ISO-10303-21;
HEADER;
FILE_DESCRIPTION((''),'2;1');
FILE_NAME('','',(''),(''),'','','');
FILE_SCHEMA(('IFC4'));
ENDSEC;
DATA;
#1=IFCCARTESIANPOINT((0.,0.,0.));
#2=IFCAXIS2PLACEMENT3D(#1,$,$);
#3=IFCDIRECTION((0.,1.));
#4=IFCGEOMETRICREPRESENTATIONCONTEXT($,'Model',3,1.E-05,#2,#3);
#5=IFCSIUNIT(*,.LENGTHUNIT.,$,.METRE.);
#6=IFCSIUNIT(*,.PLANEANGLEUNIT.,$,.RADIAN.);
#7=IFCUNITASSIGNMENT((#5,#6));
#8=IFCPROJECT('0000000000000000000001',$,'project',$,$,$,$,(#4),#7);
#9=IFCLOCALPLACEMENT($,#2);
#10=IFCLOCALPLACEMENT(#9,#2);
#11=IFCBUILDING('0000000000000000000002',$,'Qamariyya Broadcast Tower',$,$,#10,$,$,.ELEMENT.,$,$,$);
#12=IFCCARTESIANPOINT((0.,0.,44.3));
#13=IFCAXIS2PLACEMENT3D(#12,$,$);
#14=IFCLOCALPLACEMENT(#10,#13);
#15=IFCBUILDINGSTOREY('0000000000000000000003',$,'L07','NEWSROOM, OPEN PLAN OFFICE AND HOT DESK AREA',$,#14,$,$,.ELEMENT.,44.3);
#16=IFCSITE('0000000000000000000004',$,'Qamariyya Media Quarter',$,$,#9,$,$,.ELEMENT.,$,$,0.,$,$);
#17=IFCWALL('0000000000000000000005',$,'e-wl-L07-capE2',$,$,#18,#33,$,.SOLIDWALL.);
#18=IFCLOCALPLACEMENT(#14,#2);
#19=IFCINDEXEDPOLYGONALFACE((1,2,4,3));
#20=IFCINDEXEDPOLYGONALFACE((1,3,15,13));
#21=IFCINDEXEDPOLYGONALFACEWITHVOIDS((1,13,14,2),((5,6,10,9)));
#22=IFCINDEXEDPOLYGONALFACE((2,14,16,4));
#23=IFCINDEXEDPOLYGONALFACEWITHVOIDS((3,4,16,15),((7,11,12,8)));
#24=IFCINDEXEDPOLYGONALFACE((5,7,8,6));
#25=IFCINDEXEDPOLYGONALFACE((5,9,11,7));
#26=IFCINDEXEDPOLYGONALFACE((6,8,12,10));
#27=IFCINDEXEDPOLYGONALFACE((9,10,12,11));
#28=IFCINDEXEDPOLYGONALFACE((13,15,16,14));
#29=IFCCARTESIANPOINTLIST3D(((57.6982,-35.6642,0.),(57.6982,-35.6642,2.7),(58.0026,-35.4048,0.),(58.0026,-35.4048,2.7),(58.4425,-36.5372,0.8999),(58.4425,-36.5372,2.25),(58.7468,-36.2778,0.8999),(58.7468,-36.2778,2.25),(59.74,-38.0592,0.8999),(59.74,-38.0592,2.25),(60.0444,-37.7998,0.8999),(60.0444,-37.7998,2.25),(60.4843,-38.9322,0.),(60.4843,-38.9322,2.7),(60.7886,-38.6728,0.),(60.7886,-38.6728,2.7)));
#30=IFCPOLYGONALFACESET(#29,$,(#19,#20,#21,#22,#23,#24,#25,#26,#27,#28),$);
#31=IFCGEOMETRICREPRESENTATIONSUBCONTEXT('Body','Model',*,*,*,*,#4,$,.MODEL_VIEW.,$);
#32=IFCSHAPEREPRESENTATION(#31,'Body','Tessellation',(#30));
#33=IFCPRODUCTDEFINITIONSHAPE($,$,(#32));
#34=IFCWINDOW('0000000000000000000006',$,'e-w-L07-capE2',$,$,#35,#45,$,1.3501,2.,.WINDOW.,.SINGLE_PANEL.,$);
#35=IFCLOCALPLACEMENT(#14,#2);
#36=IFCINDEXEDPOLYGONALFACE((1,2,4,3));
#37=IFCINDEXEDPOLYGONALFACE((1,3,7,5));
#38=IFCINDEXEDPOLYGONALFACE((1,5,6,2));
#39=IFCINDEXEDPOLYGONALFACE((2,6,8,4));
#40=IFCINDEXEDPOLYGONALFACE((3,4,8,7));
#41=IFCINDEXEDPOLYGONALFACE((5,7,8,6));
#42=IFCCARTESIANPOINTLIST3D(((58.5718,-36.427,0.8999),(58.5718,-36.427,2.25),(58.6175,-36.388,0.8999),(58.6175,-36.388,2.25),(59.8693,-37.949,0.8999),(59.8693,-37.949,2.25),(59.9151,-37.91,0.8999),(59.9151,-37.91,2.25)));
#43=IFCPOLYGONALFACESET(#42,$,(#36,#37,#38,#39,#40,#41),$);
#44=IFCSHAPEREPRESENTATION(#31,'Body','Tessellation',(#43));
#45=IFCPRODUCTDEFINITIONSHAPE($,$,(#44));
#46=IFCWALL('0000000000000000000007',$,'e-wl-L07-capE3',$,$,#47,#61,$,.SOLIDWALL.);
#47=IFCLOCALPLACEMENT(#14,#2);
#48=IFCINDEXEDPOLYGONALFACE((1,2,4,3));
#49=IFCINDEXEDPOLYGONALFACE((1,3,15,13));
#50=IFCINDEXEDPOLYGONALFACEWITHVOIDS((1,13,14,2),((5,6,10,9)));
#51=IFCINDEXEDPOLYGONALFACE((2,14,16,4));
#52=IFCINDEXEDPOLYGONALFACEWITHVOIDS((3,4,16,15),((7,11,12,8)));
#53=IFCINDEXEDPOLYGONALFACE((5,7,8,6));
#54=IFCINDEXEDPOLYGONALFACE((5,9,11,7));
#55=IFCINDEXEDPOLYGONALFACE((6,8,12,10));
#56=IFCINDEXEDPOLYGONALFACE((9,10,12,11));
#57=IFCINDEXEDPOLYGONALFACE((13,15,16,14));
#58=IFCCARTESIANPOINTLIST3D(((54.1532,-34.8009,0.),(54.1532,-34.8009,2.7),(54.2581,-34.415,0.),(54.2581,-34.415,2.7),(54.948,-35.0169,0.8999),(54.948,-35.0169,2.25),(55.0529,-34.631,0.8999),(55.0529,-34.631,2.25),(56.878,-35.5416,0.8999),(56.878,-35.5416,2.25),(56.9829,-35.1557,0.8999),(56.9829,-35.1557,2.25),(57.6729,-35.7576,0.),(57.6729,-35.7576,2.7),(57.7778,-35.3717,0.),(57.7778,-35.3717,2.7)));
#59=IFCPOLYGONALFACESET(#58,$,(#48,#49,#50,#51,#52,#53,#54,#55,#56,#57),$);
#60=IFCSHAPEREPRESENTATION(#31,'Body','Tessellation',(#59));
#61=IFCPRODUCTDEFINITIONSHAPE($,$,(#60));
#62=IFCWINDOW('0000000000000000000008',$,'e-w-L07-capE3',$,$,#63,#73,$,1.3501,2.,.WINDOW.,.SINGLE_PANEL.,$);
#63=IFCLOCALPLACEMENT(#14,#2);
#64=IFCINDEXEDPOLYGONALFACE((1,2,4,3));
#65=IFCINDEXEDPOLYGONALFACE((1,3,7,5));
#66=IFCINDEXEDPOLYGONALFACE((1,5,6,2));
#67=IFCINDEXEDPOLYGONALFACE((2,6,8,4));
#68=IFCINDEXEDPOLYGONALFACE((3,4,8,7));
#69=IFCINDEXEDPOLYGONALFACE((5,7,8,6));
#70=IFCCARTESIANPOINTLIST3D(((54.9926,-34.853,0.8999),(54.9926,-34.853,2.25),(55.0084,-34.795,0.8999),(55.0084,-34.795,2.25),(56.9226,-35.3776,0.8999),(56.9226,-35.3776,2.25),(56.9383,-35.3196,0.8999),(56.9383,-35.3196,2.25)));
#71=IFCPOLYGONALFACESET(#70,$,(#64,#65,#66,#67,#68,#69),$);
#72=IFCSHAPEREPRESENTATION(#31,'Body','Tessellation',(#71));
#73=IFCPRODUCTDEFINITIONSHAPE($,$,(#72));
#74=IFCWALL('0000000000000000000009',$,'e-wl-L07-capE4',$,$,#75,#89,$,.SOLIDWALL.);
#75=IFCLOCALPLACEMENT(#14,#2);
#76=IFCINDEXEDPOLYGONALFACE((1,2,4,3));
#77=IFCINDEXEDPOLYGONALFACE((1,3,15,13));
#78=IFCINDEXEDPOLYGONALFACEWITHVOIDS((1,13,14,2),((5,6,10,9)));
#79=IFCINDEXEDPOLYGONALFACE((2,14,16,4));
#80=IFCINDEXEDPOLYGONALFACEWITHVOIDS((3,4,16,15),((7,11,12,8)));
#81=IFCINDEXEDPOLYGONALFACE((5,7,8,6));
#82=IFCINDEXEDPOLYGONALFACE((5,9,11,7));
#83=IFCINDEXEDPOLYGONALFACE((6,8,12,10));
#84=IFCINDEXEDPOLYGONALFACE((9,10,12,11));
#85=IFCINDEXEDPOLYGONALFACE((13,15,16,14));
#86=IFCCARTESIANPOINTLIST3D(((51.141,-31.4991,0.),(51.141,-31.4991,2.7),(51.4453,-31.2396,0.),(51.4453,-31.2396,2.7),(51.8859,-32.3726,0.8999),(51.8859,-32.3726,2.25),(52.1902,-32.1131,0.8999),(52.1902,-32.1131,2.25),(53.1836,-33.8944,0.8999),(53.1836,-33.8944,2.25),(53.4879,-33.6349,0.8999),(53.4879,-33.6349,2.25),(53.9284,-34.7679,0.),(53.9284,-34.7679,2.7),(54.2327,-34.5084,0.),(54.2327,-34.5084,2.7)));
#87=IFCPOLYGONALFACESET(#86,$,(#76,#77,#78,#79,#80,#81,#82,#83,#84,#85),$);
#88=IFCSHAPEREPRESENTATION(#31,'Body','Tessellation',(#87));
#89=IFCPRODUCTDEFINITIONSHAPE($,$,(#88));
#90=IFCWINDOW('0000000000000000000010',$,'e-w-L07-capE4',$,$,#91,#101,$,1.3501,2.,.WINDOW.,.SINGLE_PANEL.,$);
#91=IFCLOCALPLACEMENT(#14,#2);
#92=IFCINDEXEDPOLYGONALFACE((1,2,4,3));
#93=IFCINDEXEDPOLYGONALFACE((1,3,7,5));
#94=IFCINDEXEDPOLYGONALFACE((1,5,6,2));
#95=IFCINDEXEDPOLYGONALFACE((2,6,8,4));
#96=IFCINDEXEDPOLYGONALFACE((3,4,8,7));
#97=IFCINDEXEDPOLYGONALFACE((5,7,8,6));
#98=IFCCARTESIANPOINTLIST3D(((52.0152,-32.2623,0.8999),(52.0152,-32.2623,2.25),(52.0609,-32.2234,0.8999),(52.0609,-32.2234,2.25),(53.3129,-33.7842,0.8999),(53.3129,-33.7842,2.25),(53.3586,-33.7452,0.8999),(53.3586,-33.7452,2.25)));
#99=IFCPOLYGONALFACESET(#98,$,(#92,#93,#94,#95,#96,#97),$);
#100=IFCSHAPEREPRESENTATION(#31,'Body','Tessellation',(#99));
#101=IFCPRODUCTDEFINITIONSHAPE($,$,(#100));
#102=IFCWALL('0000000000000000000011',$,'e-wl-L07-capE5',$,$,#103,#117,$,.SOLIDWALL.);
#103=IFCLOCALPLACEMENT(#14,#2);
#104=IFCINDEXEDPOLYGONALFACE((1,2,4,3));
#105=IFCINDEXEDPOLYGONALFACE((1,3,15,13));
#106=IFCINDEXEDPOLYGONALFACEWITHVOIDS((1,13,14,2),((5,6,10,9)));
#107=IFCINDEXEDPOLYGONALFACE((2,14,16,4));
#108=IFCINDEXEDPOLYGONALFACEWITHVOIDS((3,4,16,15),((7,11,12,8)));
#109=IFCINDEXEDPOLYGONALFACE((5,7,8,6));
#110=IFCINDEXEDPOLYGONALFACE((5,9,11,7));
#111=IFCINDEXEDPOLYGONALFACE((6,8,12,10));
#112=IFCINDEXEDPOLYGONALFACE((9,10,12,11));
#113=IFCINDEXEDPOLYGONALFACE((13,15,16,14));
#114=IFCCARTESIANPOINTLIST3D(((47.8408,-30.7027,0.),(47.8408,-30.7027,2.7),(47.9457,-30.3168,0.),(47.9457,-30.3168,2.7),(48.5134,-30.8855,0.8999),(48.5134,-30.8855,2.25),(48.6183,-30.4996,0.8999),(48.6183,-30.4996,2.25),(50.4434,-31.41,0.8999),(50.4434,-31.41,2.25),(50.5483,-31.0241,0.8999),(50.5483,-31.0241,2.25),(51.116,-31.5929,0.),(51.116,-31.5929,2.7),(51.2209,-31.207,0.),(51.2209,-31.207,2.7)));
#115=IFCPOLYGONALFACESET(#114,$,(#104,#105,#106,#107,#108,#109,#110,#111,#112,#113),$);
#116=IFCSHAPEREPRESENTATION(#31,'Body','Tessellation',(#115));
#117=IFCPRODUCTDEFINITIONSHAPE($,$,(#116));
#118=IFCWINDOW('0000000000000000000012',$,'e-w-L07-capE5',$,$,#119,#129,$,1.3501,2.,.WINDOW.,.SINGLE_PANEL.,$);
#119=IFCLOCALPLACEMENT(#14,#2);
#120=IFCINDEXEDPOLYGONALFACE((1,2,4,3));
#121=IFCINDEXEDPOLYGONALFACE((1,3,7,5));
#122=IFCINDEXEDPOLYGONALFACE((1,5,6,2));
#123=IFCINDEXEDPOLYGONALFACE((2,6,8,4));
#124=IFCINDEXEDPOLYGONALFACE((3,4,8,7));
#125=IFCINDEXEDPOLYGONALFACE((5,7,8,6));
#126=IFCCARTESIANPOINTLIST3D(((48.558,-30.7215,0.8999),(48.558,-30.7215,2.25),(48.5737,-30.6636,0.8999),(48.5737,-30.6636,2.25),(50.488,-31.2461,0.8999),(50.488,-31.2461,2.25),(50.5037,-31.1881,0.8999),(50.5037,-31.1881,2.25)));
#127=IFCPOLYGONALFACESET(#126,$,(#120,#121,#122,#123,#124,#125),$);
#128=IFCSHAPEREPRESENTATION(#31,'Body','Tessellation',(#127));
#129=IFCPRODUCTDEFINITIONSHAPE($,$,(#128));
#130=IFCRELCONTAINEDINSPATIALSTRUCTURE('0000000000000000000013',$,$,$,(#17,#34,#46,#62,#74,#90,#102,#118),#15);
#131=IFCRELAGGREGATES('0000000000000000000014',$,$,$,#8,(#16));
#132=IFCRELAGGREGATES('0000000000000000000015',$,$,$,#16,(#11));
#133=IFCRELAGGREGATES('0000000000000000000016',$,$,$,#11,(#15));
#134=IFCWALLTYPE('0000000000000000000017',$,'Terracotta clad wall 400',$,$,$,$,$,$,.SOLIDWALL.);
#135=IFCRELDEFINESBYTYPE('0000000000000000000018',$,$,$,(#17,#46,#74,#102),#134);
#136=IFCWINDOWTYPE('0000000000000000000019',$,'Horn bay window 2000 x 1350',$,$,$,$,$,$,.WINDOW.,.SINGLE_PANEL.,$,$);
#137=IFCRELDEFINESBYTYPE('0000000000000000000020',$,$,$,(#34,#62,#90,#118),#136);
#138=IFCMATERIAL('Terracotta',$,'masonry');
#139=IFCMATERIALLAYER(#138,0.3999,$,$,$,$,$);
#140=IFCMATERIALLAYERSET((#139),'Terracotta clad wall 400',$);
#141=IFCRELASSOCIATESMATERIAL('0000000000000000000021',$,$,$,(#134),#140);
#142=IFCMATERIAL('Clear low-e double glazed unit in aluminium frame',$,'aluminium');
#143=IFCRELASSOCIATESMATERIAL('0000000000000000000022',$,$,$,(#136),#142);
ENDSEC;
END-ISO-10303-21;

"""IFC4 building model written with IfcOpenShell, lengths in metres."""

from ifc_helpers import new_model, si_unit, direction, frame, frame_2d, origin, place, context, subcontext, project, spatial, rectangle, extrude, material, layer, layer_set, type_object, element, fill, save


model = new_model("IFC4")

# Units and contexts
model_context = context("Model", 3, precision=1e-05, world=origin(), true_north=direction((0.0, 1.0)))
body_context = subcontext(model_context, "Body", "Model", "MODEL_VIEW")
ifc_project = project(units=[si_unit("LENGTHUNIT", "METRE"), si_unit("PLANEANGLEUNIT", "RADIAN")], contexts=[model_context])

# Site, building, storey
site_placement = place(None, origin())
site = spatial("IfcSite", under=ifc_project, at=site_placement, Name="Qamariyya Media Quarter", CompositionType="ELEMENT", RefElevation=0.0)
building_placement = place(site_placement, origin())
building = spatial("IfcBuilding", under=site, at=building_placement, Name="Qamariyya Broadcast Tower", CompositionType="ELEMENT")
storey_placement = place(building_placement, frame((0.0, 0.0, 44.3)))
storey = spatial("IfcBuildingStorey", under=building, at=storey_placement, Name="L07", Description="NEWSROOM, OPEN PLAN OFFICE AND HOT DESK AREA", CompositionType="ELEMENT", Elevation=44.3)

# Walls, openings, windows
ifc_material_1 = material(Name="Terracotta", Category="masonry")
ifc_layer = layer(ifc_material_1, 0.3999)
ifc_layer_set = layer_set([ifc_layer], Name="Terracotta clad wall 400")
wall_type = type_object("IfcWallType", Name="Terracotta clad wall 400", PredefinedType="SOLIDWALL", material=ifc_layer_set)
ifc_material_2 = material(Name="Clear low-e double glazed unit in aluminium frame", Category="aluminium")
window_type_1 = type_object("IfcWindowType", Name="Horn bay window 2000 x 1350", PartitioningType="SINGLE_PANEL", PredefinedType="WINDOW", material=ifc_material_2)
wall_1_placement = place(storey_placement, frame((60.6365, -38.8025, 0.0), z_axis=(0.0, 0.0, 1.0), x_axis=(-0.648767, 0.760987, 0.0)))
wall_1 = element("IfcWall", 1, at=wall_1_placement, inside=storey, type_object=wall_type, Name="e-wl-L07-capE2", PredefinedType="SOLIDWALL", context=body_context, shape_type="SweptSolid", body=[
    extrude(rectangle(XDim=4.2944, YDim=0.3999, at=frame_2d((2.1472, 0.0))), origin(), (0.0, 0.0, 1.0), 2.7),
])
opening_1_placement = place(wall_1_placement, frame((1.1472, 0.0, 0.8999)))
opening_1 = element("IfcOpeningElement", 2, at=opening_1_placement, cuts=wall_1, PredefinedType="OPENING", context=body_context, shape_type="SweptSolid", body=[
    extrude(rectangle(XDim=2.0, YDim=1.3501, at=frame_2d((1.0, 0.675))), frame((0.0, 0.21, 0.0), z_axis=(0.0, -1.0, 0.0), x_axis=(1.0, 0.0, 0.0)), (0.0, 0.0, 1.0), 0.4199),
])
window_1_placement = place(opening_1_placement, origin())
window_1 = element("IfcWindow", 3, at=window_1_placement, inside=storey, type_object=window_type_1, Name="e-w-L07-capE2", OverallHeight=1.3501, OverallWidth=2.0, PartitioningType="SINGLE_PANEL", PredefinedType="WINDOW", context=body_context, shape_type="SweptSolid", body=[
    extrude(rectangle(XDim=2.0, YDim=1.3501, at=frame_2d((1.0, 0.675))), frame((0.0, 0.03, 0.0), z_axis=(0.0, -1.0, 0.0), x_axis=(1.0, 0.0, 0.0)), (0.0, 0.0, 1.0), 0.0601),
])
fill(opening_1, window_1)
wall_2_placement = place(storey_placement, frame((57.7253, -35.5647, 0.0), z_axis=(0.0, 0.0, 1.0), x_axis=(-0.964983, 0.262313, 0.0)))
wall_2 = element("IfcWall", 4, at=wall_2_placement, inside=storey, type_object=wall_type, Name="e-wl-L07-capE3", PredefinedType="SOLIDWALL", context=body_context, shape_type="SweptSolid", body=[
    extrude(rectangle(XDim=3.6475, YDim=0.3999, at=frame_2d((1.8237, 0.0))), origin(), (0.0, 0.0, 1.0), 2.7),
])
opening_2_placement = place(wall_2_placement, frame((0.8237, 0.0, 0.8999)))
opening_2 = element("IfcOpeningElement", 5, at=opening_2_placement, cuts=wall_2, PredefinedType="OPENING", context=body_context, shape_type="SweptSolid", body=[
    extrude(rectangle(XDim=2.0, YDim=1.3501, at=frame_2d((1.0, 0.675))), frame((0.0, 0.21, 0.0), z_axis=(0.0, -1.0, 0.0), x_axis=(1.0, 0.0, 0.0)), (0.0, 0.0, 1.0), 0.4199),
])
window_2_placement = place(opening_2_placement, origin())
window_2 = element("IfcWindow", 6, at=window_2_placement, inside=storey, type_object=window_type_1, Name="e-w-L07-capE3", OverallHeight=1.3501, OverallWidth=2.0, PartitioningType="SINGLE_PANEL", PredefinedType="WINDOW", context=body_context, shape_type="SweptSolid", body=[
    extrude(rectangle(XDim=2.0, YDim=1.3501, at=frame_2d((1.0, 0.675))), frame((0.0, 0.03, 0.0), z_axis=(0.0, -1.0, 0.0), x_axis=(1.0, 0.0, 0.0)), (0.0, 0.0, 1.0), 0.0601),
])
fill(opening_2, window_2)
wall_3_placement = place(storey_placement, frame((54.0806, -34.6382, 0.0), z_axis=(0.0, 0.0, 1.0), x_axis=(-0.648847, 0.760919, 0.0)))
wall_3 = element("IfcWall", 7, at=wall_3_placement, inside=storey, type_object=wall_type, Name="e-wl-L07-capE4", PredefinedType="SOLIDWALL", context=body_context, shape_type="SweptSolid", body=[
    extrude(rectangle(XDim=4.2959, YDim=0.3999, at=frame_2d((2.1479, 0.0))), origin(), (0.0, 0.0, 1.0), 2.7),
])
opening_3_placement = place(wall_3_placement, frame((1.1479, 0.0, 0.8999)))
opening_3 = element("IfcOpeningElement", 8, at=opening_3_placement, cuts=wall_3, PredefinedType="OPENING", context=body_context, shape_type="SweptSolid", body=[
    extrude(rectangle(XDim=2.0, YDim=1.3501, at=frame_2d((1.0, 0.675))), frame((0.0, 0.21, 0.0), z_axis=(0.0, -1.0, 0.0), x_axis=(1.0, 0.0, 0.0)), (0.0, 0.0, 1.0), 0.4199),
])
window_3_placement = place(opening_3_placement, origin())
window_3 = element("IfcWindow", 9, at=window_3_placement, inside=storey, type_object=window_type_1, Name="e-w-L07-capE4", OverallHeight=1.3501, OverallWidth=2.0, PartitioningType="SINGLE_PANEL", PredefinedType="WINDOW", context=body_context, shape_type="SweptSolid", body=[
    extrude(rectangle(XDim=2.0, YDim=1.3501, at=frame_2d((1.0, 0.675))), frame((0.0, 0.03, 0.0), z_axis=(0.0, -1.0, 0.0), x_axis=(1.0, 0.0, 0.0)), (0.0, 0.0, 1.0), 0.0601),
])
fill(opening_3, window_3)
wall_4_placement = place(storey_placement, frame((51.1685, -31.3999, 0.0), z_axis=(0.0, 0.0, 1.0), x_axis=(-0.964994, 0.262271, 0.0)))
wall_4 = element("IfcWall", 10, at=wall_4_placement, inside=storey, type_object=wall_type, Name="e-wl-L07-capE5", PredefinedType="SOLIDWALL", context=body_context, shape_type="SweptSolid", body=[
    extrude(rectangle(XDim=3.394, YDim=0.3999, at=frame_2d((1.697, 0.0))), origin(), (0.0, 0.0, 1.0), 2.7),
])
opening_4_placement = place(wall_4_placement, frame((0.697, 0.0, 0.8999)))
opening_4 = element("IfcOpeningElement", 11, at=opening_4_placement, cuts=wall_4, PredefinedType="OPENING", context=body_context, shape_type="SweptSolid", body=[
    extrude(rectangle(XDim=2.0, YDim=1.3501, at=frame_2d((1.0, 0.675))), frame((0.0, 0.21, 0.0), z_axis=(0.0, -1.0, 0.0), x_axis=(1.0, 0.0, 0.0)), (0.0, 0.0, 1.0), 0.4199),
])
window_4_placement = place(opening_4_placement, origin())
window_4 = element("IfcWindow", 12, at=window_4_placement, inside=storey, type_object=window_type_1, Name="e-w-L07-capE5", OverallHeight=1.3501, OverallWidth=2.0, PartitioningType="SINGLE_PANEL", PredefinedType="WINDOW", context=body_context, shape_type="SweptSolid", body=[
    extrude(rectangle(XDim=2.0, YDim=1.3501, at=frame_2d((1.0, 0.675))), frame((0.0, 0.03, 0.0), z_axis=(0.0, -1.0, 0.0), x_axis=(1.0, 0.0, 0.0)), (0.0, 0.0, 1.0), 0.0601),
])
fill(opening_4, window_4)

save(model, "model.ifc")
